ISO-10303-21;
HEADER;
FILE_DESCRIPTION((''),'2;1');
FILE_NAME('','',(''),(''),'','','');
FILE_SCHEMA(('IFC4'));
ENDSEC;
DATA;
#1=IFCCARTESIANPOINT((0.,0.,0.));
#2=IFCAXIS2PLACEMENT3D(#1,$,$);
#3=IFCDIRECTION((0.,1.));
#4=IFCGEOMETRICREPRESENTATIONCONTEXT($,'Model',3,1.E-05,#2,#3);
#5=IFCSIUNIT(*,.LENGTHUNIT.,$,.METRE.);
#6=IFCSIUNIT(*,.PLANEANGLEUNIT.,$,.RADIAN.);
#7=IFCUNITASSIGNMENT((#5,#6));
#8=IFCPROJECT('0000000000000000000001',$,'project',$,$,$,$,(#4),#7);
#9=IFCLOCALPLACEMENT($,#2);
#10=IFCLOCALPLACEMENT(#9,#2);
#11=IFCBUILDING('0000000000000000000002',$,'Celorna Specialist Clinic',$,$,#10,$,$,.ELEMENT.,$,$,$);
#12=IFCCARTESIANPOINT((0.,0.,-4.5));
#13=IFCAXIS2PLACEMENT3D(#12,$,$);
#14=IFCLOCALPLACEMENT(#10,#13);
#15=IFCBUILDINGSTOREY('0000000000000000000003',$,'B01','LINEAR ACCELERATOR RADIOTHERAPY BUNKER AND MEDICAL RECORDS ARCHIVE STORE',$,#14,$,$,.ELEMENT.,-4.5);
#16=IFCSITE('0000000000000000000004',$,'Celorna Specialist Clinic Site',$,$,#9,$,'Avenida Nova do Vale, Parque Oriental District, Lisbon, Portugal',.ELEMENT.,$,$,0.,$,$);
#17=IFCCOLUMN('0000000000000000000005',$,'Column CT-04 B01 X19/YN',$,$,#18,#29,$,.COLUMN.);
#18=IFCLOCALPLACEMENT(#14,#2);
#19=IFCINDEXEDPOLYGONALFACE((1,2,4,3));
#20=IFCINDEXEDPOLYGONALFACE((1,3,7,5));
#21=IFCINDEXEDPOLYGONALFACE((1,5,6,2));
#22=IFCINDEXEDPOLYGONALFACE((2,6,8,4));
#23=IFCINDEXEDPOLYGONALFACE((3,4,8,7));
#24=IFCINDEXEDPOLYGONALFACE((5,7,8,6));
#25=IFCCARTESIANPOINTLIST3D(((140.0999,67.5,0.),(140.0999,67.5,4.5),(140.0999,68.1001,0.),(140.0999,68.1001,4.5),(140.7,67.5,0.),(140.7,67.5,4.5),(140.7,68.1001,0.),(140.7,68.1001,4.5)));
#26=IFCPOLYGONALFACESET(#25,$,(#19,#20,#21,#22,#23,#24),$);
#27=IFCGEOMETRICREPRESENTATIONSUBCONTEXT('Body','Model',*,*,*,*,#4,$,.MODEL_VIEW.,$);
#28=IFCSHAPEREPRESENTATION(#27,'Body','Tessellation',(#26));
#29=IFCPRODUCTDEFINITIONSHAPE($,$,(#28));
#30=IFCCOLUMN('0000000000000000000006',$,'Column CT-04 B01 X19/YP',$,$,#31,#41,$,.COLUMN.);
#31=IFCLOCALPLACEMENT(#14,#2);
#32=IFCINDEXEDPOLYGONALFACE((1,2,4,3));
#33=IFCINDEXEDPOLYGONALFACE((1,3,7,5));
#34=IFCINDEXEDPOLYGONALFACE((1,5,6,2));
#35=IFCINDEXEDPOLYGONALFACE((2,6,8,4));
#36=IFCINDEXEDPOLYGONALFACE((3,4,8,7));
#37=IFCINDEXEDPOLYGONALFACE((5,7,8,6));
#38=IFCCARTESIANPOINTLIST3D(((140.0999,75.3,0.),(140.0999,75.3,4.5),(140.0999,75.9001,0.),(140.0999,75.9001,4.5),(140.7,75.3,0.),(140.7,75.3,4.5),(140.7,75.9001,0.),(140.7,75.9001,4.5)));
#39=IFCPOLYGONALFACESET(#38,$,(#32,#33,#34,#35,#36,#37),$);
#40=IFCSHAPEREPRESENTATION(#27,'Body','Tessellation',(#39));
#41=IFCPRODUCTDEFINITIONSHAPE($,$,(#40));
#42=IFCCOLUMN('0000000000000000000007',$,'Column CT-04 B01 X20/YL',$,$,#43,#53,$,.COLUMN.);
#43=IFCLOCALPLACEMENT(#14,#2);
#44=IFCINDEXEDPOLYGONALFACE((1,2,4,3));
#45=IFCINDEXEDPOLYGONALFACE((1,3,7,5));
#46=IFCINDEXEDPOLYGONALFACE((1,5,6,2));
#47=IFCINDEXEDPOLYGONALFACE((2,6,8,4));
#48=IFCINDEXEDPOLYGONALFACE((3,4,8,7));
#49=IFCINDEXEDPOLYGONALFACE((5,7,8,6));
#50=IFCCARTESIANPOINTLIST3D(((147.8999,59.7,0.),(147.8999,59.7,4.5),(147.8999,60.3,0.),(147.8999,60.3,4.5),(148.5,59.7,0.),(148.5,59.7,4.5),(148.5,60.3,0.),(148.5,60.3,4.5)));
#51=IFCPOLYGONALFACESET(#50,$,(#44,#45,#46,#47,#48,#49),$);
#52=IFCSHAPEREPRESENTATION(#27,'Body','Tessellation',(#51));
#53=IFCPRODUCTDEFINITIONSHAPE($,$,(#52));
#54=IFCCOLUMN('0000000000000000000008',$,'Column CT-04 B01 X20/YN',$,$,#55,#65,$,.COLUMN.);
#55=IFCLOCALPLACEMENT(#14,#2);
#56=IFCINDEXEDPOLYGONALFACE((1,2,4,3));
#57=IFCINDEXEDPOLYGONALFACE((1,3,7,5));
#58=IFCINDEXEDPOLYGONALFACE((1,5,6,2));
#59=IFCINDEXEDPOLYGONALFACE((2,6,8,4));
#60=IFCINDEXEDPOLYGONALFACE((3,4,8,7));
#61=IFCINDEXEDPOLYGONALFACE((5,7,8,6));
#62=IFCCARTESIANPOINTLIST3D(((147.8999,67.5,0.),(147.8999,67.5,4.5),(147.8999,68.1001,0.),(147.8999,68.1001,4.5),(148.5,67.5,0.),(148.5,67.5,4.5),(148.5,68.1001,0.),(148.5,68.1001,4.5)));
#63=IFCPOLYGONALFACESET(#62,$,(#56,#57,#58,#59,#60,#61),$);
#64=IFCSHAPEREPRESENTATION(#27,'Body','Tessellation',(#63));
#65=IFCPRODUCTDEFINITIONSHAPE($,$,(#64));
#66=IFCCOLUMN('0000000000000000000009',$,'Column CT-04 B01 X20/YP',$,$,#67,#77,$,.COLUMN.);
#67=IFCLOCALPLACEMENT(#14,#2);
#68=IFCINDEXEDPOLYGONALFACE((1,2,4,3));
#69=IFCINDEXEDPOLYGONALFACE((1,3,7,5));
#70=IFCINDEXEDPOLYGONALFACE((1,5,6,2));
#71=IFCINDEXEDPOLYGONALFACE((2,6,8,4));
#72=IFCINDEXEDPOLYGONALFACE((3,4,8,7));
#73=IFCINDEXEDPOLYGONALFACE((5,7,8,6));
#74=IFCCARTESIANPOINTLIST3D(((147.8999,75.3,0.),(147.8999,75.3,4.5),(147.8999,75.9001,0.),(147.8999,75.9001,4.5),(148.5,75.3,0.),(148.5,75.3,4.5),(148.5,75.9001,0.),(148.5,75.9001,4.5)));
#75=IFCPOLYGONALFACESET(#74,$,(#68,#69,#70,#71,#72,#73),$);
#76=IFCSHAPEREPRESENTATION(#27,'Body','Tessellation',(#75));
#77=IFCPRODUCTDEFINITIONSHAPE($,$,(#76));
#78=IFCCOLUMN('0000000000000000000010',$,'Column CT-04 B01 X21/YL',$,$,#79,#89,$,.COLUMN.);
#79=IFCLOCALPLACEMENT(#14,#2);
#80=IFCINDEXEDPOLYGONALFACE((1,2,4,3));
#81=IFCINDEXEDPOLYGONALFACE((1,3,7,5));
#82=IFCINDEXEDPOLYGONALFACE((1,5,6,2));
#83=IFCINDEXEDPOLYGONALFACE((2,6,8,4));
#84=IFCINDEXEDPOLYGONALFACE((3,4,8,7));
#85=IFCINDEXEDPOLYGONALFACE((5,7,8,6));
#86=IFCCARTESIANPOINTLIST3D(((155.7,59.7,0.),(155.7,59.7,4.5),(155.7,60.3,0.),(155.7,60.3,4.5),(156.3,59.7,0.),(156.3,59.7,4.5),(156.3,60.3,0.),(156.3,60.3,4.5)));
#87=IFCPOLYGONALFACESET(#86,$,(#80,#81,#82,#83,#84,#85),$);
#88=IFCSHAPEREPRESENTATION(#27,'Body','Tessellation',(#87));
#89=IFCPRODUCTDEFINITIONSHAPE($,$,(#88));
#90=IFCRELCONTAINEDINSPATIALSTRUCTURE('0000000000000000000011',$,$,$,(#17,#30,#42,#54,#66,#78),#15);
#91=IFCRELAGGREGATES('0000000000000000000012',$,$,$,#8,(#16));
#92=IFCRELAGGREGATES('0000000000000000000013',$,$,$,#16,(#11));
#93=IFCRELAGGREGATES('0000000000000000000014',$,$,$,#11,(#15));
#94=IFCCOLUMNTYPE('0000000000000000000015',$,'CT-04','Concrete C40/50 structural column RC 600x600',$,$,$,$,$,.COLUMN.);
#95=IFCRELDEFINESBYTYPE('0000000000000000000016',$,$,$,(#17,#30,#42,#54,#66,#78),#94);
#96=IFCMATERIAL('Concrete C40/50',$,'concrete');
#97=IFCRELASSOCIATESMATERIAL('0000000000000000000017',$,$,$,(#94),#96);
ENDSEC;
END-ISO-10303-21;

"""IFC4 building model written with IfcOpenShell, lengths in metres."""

from ifc_helpers import new_model, si_unit, direction, frame, origin, origin_2d, place, context, subcontext, project, spatial, rectangle, extrude, material, material_profile, profile_set, type_object, element, save


model = new_model("IFC4")

# Units and contexts
model_context = context("Model", 3, precision=1e-05, world=origin(), true_north=direction((0.0, 1.0)))
body_context = subcontext(model_context, "Body", "Model", "MODEL_VIEW")
ifc_project = project(units=[si_unit("LENGTHUNIT", "METRE"), si_unit("PLANEANGLEUNIT", "RADIAN")], contexts=[model_context])

# Site, building, storey
site_placement = place(None, origin())
site = spatial("IfcSite", under=ifc_project, at=site_placement, Name="Celorna Specialist Clinic Site", LongName="Avenida Nova do Vale, Parque Oriental District, Lisbon, Portugal", CompositionType="ELEMENT", RefElevation=0.0)
building_placement = place(site_placement, origin())
building = spatial("IfcBuilding", under=site, at=building_placement, Name="Celorna Specialist Clinic", CompositionType="ELEMENT")
storey_placement = place(building_placement, frame((0.0, 0.0, -4.5)))
storey = spatial("IfcBuildingStorey", under=building, at=storey_placement, Name="B01", Description="LINEAR ACCELERATOR RADIOTHERAPY BUNKER AND MEDICAL RECORDS ARCHIVE STORE", CompositionType="ELEMENT", Elevation=-4.5)

# Columns
ifc_material_1 = material(Name="Concrete C40/50", Category="concrete")
ifc_material_profile_1 = material_profile(ifc_material_1, rectangle(XDim=0.6001, YDim=0.6001, at=origin_2d()), Name="RC 600x600")
ifc_profile_set_1 = profile_set([ifc_material_profile_1], Name="Concrete C40/50")
column_type = type_object("IfcColumnType", Name="CT-04", Description="Concrete C40/50 structural column RC 600x600", PredefinedType="COLUMN", material=ifc_profile_set_1)
for number, where, z_axis, x_axis, name in (
    (1, (140.3999, 67.8, 0.0), (0.0, 0.0, 1.0), (1.0, 0.0, 0.0), "Column CT-04 B01 X19/YN"),
    (2, (140.3999, 75.6001, 0.0), (0.0, 0.0, 1.0), (1.0, 0.0, 0.0), "Column CT-04 B01 X19/YP"),
    (3, (148.2, 60.0, 0.0), (0.0, 0.0, 1.0), (1.0, 0.0, 0.0), "Column CT-04 B01 X20/YL"),
    (4, (148.2, 67.8, 0.0), (0.0, 0.0, 1.0), (1.0, 0.0, 0.0), "Column CT-04 B01 X20/YN"),
    (5, (148.2, 75.6001, 0.0), (0.0, 0.0, 1.0), (1.0, 0.0, 0.0), "Column CT-04 B01 X20/YP"),
    (6, (156.0, 60.0, 0.0), (0.0, 0.0, 1.0), (1.0, 0.0, 0.0), "Column CT-04 B01 X21/YL"),
):
    element("IfcColumn", number, at=place(storey_placement, frame(where, z_axis=z_axis, x_axis=x_axis)), inside=storey, type_object=column_type, Name=name, PredefinedType="COLUMN", context=body_context, shape_type="SweptSolid", body=[
        extrude(rectangle(XDim=0.6001, YDim=0.6001, at=origin_2d()), origin(), (0.0, 0.0, 1.0), 4.5),
    ])

save(model, "model.ifc")
